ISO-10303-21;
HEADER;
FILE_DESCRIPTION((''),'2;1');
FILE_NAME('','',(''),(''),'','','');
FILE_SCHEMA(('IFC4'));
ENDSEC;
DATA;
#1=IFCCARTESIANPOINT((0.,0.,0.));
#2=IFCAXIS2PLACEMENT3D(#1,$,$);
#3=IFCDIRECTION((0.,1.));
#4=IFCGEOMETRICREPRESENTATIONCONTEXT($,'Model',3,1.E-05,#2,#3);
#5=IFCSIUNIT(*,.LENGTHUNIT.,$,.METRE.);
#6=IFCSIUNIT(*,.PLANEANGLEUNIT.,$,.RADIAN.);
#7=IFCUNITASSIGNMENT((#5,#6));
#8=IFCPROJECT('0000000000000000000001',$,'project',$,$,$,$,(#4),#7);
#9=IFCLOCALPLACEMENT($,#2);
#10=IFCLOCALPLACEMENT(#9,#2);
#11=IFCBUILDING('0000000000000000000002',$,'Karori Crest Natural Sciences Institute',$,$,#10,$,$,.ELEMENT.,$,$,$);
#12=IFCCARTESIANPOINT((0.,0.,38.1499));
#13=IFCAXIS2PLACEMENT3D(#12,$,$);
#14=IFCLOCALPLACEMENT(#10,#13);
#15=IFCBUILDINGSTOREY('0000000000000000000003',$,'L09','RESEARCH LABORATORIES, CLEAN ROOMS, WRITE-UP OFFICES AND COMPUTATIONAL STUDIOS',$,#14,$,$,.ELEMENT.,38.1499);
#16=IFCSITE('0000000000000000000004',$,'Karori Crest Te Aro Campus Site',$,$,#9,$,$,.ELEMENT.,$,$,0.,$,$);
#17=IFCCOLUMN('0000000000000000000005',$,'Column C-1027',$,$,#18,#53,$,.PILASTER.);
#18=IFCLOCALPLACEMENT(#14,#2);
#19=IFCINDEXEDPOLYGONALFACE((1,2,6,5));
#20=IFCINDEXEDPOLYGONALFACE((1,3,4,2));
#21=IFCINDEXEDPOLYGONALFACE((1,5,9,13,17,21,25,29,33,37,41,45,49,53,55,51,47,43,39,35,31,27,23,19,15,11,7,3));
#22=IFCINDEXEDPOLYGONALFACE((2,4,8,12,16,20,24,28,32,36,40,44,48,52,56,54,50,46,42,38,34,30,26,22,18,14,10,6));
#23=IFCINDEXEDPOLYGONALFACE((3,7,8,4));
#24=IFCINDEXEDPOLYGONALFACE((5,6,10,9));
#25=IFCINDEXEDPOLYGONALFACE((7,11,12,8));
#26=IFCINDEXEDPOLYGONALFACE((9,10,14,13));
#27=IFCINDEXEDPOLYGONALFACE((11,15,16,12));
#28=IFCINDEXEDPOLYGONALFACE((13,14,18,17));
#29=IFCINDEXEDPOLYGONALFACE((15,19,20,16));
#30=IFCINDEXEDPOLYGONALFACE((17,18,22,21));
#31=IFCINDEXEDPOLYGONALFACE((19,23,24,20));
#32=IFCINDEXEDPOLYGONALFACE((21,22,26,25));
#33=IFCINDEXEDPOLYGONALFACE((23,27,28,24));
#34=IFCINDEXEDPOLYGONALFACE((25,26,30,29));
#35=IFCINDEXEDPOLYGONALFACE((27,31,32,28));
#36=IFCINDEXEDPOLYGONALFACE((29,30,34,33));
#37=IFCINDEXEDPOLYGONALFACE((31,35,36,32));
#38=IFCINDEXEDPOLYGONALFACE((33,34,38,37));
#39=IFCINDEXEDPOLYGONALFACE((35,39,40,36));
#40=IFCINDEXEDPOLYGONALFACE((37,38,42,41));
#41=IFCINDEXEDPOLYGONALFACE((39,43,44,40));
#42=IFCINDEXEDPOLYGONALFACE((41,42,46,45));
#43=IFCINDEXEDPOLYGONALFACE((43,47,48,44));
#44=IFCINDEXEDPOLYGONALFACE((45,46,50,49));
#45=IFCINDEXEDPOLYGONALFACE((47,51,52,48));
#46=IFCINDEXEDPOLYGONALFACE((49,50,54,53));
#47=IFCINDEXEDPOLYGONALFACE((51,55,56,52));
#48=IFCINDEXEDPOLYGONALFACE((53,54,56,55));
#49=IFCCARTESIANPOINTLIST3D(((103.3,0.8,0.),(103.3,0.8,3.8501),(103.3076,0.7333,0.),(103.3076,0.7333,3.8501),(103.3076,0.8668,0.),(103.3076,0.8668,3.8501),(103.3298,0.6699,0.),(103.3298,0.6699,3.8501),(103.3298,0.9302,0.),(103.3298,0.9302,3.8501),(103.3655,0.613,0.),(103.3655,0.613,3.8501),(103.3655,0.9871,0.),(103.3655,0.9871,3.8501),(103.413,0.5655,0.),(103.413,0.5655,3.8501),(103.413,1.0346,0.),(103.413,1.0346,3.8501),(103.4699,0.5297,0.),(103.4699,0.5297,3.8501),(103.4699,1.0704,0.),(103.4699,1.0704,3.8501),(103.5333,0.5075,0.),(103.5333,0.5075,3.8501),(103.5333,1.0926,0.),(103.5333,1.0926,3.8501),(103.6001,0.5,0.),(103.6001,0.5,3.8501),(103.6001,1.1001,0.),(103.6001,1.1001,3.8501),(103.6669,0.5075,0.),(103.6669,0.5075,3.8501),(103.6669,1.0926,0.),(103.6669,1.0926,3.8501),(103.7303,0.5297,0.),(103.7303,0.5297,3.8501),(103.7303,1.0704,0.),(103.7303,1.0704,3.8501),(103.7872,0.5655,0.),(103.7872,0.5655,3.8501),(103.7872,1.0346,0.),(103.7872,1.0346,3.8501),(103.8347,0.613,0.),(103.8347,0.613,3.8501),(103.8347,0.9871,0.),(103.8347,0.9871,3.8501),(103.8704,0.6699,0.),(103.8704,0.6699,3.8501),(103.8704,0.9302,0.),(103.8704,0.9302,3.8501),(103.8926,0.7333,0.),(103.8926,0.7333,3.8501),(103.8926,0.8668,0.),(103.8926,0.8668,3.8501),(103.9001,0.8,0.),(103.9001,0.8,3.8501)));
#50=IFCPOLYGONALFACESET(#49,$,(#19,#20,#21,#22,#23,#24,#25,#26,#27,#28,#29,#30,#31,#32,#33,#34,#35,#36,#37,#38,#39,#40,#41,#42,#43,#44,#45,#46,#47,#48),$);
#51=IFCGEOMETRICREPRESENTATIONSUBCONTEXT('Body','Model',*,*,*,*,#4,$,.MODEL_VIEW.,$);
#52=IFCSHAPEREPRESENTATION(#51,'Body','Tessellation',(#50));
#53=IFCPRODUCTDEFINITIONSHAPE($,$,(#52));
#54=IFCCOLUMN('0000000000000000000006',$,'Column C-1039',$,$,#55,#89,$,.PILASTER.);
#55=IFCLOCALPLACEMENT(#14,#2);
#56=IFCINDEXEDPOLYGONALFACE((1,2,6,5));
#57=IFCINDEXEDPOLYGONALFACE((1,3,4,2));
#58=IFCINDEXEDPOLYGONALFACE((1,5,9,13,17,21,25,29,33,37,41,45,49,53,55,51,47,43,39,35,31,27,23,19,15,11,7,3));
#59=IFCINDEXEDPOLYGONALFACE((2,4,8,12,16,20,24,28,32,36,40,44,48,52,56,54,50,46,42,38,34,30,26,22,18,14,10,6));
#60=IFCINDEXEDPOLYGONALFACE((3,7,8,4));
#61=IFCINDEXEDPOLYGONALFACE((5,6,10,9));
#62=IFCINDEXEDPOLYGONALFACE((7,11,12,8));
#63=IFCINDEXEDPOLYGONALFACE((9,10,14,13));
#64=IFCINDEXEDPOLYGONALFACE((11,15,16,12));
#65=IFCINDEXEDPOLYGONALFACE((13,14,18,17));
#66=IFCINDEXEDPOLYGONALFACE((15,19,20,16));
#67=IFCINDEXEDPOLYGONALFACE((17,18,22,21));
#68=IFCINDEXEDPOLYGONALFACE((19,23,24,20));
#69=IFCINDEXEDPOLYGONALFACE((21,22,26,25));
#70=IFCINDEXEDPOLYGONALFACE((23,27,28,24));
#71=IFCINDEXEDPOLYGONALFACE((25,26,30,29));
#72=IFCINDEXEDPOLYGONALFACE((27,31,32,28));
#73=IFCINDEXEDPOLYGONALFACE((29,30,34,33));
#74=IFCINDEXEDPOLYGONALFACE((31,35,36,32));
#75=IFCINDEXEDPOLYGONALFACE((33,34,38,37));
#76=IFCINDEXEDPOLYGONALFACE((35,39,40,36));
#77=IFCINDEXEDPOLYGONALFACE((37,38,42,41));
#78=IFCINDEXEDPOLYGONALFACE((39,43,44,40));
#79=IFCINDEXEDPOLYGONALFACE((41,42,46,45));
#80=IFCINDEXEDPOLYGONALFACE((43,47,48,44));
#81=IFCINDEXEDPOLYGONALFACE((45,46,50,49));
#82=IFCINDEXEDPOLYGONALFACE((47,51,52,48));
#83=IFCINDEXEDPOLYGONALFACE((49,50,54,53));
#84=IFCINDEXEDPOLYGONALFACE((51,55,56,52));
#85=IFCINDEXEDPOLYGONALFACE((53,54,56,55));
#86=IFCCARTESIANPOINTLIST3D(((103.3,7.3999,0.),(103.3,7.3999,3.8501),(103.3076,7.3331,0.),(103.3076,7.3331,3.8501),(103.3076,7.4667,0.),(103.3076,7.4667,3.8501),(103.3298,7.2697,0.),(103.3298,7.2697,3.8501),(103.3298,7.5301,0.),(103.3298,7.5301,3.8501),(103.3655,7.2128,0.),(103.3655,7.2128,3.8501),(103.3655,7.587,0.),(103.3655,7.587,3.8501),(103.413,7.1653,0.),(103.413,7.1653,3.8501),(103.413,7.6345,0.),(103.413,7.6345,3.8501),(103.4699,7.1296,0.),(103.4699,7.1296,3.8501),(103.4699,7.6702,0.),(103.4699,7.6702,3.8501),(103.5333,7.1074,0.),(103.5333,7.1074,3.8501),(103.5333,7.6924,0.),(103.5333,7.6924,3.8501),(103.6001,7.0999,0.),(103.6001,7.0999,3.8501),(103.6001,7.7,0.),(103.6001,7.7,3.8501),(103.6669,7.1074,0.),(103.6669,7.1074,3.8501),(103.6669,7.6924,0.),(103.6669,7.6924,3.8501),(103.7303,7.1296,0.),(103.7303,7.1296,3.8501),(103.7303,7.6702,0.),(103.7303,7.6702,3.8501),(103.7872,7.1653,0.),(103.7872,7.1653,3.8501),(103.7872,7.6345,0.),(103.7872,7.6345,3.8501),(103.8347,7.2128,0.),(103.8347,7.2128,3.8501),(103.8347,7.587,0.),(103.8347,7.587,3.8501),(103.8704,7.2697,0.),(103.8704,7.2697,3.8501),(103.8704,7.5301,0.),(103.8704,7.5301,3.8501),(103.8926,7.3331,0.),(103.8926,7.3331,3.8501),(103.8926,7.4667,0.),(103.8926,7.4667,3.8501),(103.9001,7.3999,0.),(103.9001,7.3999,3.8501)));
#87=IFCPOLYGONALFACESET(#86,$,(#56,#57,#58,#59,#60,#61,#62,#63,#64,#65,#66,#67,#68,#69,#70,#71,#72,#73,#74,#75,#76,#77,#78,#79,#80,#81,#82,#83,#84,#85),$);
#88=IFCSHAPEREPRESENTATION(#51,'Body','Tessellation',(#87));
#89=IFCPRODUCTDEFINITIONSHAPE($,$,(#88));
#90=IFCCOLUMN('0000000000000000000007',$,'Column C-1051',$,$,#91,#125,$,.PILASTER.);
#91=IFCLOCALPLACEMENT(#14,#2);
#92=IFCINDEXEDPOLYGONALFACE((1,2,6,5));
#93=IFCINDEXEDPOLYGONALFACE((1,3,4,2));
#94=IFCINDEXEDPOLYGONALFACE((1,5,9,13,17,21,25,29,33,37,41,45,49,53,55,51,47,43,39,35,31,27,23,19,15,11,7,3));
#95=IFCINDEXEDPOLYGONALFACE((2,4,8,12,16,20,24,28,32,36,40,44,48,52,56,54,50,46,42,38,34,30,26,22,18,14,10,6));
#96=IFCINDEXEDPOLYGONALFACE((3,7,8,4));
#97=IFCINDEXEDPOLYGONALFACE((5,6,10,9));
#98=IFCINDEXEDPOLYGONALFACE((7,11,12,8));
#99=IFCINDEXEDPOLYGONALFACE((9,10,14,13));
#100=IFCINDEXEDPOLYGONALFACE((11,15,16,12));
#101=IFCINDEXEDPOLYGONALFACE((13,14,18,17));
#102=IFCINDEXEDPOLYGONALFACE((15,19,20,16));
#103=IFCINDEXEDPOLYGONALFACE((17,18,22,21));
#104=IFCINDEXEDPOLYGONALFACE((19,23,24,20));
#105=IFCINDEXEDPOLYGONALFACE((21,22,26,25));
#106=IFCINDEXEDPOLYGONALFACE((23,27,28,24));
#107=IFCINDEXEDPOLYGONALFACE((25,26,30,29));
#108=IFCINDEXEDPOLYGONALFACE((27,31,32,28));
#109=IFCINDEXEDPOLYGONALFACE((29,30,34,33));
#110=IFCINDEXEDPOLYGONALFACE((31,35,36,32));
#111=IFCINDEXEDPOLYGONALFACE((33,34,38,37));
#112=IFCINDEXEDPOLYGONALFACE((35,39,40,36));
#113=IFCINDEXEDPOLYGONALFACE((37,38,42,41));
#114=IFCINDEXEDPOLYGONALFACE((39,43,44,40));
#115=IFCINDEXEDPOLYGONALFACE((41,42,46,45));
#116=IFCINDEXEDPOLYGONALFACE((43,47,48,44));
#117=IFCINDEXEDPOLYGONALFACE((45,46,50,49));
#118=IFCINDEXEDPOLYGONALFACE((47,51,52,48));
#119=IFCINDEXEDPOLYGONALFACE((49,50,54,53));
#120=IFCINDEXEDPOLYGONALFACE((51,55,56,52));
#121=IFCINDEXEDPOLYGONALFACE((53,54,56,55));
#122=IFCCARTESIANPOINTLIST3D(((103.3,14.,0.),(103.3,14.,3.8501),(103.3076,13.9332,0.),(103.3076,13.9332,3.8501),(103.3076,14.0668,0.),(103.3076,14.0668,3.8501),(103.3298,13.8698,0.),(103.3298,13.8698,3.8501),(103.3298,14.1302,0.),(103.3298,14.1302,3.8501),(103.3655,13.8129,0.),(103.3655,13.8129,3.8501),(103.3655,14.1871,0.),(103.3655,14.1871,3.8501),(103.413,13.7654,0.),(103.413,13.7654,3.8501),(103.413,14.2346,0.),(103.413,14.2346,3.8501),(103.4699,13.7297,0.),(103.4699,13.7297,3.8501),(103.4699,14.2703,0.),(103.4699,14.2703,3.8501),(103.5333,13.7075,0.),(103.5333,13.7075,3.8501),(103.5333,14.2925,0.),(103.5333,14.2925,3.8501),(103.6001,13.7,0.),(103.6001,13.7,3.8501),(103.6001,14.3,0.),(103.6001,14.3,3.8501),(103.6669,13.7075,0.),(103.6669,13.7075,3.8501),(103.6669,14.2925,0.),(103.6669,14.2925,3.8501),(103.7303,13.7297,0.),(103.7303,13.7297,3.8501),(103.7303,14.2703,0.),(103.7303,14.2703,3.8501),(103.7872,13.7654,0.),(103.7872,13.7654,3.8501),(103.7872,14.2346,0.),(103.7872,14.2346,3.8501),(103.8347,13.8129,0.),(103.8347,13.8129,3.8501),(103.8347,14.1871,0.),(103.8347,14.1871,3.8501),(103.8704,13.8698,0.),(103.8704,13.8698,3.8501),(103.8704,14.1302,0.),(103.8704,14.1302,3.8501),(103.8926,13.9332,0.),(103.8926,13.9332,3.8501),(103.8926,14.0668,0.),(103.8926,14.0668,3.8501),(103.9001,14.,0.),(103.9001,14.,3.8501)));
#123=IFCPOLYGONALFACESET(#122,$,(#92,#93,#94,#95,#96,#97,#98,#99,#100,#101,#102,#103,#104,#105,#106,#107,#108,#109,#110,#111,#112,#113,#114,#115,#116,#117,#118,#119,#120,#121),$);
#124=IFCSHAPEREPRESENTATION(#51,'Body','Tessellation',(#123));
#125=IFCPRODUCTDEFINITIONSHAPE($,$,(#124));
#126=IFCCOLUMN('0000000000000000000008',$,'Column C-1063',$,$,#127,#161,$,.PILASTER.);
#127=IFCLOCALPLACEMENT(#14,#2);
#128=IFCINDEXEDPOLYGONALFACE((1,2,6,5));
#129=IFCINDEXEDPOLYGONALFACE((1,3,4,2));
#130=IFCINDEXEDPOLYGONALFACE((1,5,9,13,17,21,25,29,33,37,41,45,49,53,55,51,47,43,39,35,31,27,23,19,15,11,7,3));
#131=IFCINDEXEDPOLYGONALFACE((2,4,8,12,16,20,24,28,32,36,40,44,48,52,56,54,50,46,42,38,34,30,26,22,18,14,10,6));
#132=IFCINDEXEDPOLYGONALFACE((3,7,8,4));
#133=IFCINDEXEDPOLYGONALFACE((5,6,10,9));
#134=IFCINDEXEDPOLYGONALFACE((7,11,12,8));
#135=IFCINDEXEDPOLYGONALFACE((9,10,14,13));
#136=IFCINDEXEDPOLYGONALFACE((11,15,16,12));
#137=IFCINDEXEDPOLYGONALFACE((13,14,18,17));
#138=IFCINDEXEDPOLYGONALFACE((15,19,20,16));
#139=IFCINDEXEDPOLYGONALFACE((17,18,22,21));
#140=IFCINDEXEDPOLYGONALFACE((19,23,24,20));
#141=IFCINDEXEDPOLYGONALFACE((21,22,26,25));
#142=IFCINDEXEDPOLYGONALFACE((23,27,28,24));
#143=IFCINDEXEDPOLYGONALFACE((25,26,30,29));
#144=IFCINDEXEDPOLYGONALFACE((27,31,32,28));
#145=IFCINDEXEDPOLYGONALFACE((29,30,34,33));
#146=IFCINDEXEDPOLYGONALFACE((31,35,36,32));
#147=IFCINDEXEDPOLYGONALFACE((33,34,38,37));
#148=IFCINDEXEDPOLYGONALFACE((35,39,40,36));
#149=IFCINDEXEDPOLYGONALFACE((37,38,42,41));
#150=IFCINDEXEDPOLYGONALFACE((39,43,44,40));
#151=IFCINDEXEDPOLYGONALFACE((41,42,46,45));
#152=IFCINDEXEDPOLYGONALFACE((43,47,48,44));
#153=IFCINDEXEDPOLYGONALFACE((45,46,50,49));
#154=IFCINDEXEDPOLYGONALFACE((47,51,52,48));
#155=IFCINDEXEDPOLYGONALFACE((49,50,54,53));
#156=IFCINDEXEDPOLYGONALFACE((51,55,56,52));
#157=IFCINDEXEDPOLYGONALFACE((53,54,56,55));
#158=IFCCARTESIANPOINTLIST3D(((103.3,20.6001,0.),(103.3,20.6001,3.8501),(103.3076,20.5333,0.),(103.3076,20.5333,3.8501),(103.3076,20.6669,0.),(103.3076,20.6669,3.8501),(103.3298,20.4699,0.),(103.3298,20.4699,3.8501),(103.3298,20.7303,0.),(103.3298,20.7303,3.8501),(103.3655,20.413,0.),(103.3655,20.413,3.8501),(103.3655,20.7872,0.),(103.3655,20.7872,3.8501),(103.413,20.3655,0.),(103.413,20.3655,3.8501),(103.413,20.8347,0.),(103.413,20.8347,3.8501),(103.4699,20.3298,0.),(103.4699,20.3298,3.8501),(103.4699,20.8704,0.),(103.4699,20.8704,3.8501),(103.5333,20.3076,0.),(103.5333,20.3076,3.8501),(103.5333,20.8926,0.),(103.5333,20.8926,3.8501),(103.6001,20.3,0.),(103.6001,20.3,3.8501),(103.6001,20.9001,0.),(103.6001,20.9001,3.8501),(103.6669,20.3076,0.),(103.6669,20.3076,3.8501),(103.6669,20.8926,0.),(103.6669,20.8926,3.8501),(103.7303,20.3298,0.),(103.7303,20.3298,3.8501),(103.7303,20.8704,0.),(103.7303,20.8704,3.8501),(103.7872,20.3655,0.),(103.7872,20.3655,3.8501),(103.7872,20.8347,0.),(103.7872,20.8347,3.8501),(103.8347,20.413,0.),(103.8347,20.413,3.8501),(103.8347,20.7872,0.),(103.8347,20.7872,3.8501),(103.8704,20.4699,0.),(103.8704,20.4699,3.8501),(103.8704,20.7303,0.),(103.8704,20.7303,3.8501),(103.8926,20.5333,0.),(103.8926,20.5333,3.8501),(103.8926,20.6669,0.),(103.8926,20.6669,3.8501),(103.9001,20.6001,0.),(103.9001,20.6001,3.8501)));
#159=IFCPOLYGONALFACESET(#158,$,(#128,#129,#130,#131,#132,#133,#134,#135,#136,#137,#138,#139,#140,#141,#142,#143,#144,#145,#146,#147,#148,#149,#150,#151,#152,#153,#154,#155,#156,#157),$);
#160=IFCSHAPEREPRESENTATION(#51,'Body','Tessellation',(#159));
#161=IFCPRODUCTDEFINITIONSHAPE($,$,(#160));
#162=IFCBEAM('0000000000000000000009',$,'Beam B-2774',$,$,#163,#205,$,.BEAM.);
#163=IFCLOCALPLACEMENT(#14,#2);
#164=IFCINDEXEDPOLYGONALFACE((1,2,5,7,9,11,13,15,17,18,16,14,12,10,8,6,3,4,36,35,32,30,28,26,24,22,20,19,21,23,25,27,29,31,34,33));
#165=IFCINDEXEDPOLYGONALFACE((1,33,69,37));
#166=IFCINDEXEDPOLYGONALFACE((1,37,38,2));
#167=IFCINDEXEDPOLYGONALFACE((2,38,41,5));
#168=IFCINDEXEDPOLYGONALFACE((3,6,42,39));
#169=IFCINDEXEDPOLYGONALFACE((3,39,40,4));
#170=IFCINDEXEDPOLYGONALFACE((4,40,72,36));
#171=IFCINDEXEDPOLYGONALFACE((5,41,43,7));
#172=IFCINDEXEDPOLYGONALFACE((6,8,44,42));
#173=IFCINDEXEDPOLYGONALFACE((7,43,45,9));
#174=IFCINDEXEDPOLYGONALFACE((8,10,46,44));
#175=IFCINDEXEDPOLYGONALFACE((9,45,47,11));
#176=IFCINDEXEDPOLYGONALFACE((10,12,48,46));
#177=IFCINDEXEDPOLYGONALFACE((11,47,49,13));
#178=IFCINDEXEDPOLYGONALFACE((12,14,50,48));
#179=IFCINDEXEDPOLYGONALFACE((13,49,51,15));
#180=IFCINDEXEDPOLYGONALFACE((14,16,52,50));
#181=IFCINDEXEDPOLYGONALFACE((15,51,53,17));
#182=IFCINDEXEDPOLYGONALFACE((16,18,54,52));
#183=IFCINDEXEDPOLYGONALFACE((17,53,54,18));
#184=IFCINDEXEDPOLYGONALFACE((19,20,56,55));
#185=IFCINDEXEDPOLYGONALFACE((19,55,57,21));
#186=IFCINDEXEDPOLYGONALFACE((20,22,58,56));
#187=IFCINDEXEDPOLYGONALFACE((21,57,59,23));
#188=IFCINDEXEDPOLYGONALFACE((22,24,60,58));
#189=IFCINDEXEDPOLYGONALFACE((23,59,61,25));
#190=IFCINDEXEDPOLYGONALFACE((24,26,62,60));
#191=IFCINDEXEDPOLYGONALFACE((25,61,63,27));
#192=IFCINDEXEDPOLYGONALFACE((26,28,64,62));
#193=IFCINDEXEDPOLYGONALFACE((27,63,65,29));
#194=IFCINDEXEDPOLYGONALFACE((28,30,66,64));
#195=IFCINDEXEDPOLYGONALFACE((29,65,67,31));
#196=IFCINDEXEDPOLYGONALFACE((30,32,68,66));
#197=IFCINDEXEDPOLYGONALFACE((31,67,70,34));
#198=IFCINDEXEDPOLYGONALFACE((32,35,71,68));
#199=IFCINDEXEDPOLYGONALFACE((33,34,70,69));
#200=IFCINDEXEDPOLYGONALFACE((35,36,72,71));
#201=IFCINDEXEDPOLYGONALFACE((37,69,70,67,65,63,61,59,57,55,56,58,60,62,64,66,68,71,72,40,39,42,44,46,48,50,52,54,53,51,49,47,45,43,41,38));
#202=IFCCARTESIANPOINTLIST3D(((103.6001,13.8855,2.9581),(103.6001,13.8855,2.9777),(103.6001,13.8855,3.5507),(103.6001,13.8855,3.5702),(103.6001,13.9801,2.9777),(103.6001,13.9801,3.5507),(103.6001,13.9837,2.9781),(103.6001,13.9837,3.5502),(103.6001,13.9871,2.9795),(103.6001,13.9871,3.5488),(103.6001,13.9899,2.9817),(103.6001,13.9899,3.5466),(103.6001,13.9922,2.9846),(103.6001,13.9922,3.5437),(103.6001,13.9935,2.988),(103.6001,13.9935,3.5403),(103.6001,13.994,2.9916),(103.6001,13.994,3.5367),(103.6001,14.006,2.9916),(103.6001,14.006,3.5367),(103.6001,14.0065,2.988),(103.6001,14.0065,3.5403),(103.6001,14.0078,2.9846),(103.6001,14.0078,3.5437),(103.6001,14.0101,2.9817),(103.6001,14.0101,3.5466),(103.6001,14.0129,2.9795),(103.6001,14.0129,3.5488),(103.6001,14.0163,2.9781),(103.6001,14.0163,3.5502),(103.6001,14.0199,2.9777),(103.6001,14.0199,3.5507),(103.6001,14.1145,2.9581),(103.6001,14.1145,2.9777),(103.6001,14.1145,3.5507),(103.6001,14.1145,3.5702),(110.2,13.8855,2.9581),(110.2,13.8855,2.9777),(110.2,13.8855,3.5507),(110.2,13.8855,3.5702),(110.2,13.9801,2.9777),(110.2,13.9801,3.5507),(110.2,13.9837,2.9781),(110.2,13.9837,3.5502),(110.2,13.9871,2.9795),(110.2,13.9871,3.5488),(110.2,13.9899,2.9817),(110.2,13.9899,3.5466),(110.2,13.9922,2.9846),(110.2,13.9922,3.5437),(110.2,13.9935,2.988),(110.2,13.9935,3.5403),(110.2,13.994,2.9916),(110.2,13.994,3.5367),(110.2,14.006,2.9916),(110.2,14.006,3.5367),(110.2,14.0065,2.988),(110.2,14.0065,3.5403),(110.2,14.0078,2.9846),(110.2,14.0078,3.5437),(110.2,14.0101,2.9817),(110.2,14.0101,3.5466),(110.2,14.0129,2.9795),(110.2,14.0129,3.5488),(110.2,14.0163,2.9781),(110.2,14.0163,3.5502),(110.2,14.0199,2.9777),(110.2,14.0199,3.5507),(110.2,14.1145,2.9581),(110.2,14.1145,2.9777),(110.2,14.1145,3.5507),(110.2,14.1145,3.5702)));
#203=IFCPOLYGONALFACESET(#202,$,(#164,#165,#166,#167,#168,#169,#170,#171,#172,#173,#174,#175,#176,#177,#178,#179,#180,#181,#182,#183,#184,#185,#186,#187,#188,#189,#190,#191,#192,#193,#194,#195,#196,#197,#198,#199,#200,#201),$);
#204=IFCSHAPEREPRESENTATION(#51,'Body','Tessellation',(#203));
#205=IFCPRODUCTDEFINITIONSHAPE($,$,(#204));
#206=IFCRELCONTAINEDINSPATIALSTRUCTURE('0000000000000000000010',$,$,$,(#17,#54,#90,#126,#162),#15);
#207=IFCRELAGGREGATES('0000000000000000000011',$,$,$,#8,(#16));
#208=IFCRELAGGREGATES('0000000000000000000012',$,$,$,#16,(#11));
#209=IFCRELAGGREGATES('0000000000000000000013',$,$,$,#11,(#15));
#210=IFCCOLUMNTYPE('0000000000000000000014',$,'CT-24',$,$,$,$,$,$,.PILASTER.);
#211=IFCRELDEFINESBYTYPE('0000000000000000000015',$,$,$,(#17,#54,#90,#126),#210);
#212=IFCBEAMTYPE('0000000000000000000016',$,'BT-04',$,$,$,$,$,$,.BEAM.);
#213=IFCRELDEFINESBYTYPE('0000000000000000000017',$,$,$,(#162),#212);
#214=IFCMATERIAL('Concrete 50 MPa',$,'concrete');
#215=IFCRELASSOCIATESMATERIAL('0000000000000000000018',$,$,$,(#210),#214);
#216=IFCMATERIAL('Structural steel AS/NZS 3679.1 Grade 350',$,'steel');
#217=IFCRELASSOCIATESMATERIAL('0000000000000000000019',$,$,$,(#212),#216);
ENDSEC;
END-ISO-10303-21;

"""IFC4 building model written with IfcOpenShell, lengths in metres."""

from ifc_helpers import new_model, si_unit, direction, frame, origin, origin_2d, place, context, subcontext, project, spatial, circle, i_section, extrude, material, material_profile, profile_set, type_object, element, save


model = new_model("IFC4")

# Units and contexts
model_context = context("Model", 3, precision=1e-05, world=origin(), true_north=direction((0.0, 1.0)))
body_context = subcontext(model_context, "Body", "Model", "MODEL_VIEW")
ifc_project = project(units=[si_unit("LENGTHUNIT", "METRE"), si_unit("PLANEANGLEUNIT", "RADIAN")], contexts=[model_context])

# Site, building, storey
site_placement = place(None, origin())
site = spatial("IfcSite", under=ifc_project, at=site_placement, Name="Karori Crest Te Aro Campus Site", CompositionType="ELEMENT", RefElevation=0.0)
building_placement = place(site_placement, origin())
building = spatial("IfcBuilding", under=site, at=building_placement, Name="Karori Crest Natural Sciences Institute", CompositionType="ELEMENT")
storey_placement = place(building_placement, frame((0.0, 0.0, 38.1499)))
storey = spatial("IfcBuildingStorey", under=building, at=storey_placement, Name="L09", Description="RESEARCH LABORATORIES, CLEAN ROOMS, WRITE-UP OFFICES AND COMPUTATIONAL STUDIOS", CompositionType="ELEMENT", Elevation=38.1499)

# Columns
ifc_material_1 = material(Name="Concrete 50 MPa", Category="concrete")
ifc_material_profile_1 = material_profile(ifc_material_1, circle(Radius=0.3, at=origin_2d()), Name="RCC600")
ifc_profile_set_1 = profile_set([ifc_material_profile_1], Name="Concrete 50 MPa")
column_type = type_object("IfcColumnType", Name="CT-24", PredefinedType="PILASTER", material=ifc_profile_set_1)
for number, where, z_axis, x_axis, name in (
    (1, (103.6001, 0.8, 0.0), (0.0, 0.0, 1.0), (1.0, 0.0, 0.0), "Column C-1027"),
    (2, (103.6001, 7.3999, 0.0), (0.0, 0.0, 1.0), (1.0, 0.0, 0.0), "Column C-1039"),
    (3, (103.6001, 14.0, 0.0), (0.0, 0.0, 1.0), (1.0, 0.0, 0.0), "Column C-1051"),
    (4, (103.6001, 20.6001, 0.0), (0.0, 0.0, 1.0), (1.0, 0.0, 0.0), "Column C-1063"),
):
    element("IfcColumn", number, at=place(storey_placement, frame(where, z_axis=z_axis, x_axis=x_axis)), inside=storey, type_object=column_type, Name=name, PredefinedType="PILASTER", context=body_context, shape_type="SweptSolid", body=[
        extrude(circle(Radius=0.3, at=origin_2d()), origin(), (0.0, 0.0, 1.0), 3.8501),
    ])

# Beam
ifc_material_2 = material(Name="Structural steel AS/NZS 3679.1 Grade 350", Category="steel")
ifc_material_profile_2 = material_profile(ifc_material_2, i_section(OverallWidth=0.229, OverallDepth=0.6121, WebThickness=0.012, FlangeThickness=0.0195, FilletRadius=0.0139, at=origin_2d()), Name="610UB125")
ifc_profile_set_2 = profile_set([ifc_material_profile_2], Name="Structural steel AS/NZS 3679.1 Grade 350")
beam_type_1 = type_object("IfcBeamType", Name="BT-04", PredefinedType="BEAM", material=ifc_profile_set_2)
beam_1_placement = place(storey_placement, frame((103.6001, 14.0, 3.2642), z_axis=(1.0, 0.0, 0.0), x_axis=(0.0, 1.0, 0.0)))
element("IfcBeam", 5, at=beam_1_placement, inside=storey, type_object=beam_type_1, Name="Beam B-2774", PredefinedType="BEAM", context=body_context, shape_type="SweptSolid", body=[
    extrude(i_section(OverallWidth=0.229, OverallDepth=0.6121, WebThickness=0.012, FlangeThickness=0.0195, FilletRadius=0.0139, at=origin_2d()), origin(), (0.0, 0.0, 1.0), 6.5999),
])

save(model, "model.ifc")
